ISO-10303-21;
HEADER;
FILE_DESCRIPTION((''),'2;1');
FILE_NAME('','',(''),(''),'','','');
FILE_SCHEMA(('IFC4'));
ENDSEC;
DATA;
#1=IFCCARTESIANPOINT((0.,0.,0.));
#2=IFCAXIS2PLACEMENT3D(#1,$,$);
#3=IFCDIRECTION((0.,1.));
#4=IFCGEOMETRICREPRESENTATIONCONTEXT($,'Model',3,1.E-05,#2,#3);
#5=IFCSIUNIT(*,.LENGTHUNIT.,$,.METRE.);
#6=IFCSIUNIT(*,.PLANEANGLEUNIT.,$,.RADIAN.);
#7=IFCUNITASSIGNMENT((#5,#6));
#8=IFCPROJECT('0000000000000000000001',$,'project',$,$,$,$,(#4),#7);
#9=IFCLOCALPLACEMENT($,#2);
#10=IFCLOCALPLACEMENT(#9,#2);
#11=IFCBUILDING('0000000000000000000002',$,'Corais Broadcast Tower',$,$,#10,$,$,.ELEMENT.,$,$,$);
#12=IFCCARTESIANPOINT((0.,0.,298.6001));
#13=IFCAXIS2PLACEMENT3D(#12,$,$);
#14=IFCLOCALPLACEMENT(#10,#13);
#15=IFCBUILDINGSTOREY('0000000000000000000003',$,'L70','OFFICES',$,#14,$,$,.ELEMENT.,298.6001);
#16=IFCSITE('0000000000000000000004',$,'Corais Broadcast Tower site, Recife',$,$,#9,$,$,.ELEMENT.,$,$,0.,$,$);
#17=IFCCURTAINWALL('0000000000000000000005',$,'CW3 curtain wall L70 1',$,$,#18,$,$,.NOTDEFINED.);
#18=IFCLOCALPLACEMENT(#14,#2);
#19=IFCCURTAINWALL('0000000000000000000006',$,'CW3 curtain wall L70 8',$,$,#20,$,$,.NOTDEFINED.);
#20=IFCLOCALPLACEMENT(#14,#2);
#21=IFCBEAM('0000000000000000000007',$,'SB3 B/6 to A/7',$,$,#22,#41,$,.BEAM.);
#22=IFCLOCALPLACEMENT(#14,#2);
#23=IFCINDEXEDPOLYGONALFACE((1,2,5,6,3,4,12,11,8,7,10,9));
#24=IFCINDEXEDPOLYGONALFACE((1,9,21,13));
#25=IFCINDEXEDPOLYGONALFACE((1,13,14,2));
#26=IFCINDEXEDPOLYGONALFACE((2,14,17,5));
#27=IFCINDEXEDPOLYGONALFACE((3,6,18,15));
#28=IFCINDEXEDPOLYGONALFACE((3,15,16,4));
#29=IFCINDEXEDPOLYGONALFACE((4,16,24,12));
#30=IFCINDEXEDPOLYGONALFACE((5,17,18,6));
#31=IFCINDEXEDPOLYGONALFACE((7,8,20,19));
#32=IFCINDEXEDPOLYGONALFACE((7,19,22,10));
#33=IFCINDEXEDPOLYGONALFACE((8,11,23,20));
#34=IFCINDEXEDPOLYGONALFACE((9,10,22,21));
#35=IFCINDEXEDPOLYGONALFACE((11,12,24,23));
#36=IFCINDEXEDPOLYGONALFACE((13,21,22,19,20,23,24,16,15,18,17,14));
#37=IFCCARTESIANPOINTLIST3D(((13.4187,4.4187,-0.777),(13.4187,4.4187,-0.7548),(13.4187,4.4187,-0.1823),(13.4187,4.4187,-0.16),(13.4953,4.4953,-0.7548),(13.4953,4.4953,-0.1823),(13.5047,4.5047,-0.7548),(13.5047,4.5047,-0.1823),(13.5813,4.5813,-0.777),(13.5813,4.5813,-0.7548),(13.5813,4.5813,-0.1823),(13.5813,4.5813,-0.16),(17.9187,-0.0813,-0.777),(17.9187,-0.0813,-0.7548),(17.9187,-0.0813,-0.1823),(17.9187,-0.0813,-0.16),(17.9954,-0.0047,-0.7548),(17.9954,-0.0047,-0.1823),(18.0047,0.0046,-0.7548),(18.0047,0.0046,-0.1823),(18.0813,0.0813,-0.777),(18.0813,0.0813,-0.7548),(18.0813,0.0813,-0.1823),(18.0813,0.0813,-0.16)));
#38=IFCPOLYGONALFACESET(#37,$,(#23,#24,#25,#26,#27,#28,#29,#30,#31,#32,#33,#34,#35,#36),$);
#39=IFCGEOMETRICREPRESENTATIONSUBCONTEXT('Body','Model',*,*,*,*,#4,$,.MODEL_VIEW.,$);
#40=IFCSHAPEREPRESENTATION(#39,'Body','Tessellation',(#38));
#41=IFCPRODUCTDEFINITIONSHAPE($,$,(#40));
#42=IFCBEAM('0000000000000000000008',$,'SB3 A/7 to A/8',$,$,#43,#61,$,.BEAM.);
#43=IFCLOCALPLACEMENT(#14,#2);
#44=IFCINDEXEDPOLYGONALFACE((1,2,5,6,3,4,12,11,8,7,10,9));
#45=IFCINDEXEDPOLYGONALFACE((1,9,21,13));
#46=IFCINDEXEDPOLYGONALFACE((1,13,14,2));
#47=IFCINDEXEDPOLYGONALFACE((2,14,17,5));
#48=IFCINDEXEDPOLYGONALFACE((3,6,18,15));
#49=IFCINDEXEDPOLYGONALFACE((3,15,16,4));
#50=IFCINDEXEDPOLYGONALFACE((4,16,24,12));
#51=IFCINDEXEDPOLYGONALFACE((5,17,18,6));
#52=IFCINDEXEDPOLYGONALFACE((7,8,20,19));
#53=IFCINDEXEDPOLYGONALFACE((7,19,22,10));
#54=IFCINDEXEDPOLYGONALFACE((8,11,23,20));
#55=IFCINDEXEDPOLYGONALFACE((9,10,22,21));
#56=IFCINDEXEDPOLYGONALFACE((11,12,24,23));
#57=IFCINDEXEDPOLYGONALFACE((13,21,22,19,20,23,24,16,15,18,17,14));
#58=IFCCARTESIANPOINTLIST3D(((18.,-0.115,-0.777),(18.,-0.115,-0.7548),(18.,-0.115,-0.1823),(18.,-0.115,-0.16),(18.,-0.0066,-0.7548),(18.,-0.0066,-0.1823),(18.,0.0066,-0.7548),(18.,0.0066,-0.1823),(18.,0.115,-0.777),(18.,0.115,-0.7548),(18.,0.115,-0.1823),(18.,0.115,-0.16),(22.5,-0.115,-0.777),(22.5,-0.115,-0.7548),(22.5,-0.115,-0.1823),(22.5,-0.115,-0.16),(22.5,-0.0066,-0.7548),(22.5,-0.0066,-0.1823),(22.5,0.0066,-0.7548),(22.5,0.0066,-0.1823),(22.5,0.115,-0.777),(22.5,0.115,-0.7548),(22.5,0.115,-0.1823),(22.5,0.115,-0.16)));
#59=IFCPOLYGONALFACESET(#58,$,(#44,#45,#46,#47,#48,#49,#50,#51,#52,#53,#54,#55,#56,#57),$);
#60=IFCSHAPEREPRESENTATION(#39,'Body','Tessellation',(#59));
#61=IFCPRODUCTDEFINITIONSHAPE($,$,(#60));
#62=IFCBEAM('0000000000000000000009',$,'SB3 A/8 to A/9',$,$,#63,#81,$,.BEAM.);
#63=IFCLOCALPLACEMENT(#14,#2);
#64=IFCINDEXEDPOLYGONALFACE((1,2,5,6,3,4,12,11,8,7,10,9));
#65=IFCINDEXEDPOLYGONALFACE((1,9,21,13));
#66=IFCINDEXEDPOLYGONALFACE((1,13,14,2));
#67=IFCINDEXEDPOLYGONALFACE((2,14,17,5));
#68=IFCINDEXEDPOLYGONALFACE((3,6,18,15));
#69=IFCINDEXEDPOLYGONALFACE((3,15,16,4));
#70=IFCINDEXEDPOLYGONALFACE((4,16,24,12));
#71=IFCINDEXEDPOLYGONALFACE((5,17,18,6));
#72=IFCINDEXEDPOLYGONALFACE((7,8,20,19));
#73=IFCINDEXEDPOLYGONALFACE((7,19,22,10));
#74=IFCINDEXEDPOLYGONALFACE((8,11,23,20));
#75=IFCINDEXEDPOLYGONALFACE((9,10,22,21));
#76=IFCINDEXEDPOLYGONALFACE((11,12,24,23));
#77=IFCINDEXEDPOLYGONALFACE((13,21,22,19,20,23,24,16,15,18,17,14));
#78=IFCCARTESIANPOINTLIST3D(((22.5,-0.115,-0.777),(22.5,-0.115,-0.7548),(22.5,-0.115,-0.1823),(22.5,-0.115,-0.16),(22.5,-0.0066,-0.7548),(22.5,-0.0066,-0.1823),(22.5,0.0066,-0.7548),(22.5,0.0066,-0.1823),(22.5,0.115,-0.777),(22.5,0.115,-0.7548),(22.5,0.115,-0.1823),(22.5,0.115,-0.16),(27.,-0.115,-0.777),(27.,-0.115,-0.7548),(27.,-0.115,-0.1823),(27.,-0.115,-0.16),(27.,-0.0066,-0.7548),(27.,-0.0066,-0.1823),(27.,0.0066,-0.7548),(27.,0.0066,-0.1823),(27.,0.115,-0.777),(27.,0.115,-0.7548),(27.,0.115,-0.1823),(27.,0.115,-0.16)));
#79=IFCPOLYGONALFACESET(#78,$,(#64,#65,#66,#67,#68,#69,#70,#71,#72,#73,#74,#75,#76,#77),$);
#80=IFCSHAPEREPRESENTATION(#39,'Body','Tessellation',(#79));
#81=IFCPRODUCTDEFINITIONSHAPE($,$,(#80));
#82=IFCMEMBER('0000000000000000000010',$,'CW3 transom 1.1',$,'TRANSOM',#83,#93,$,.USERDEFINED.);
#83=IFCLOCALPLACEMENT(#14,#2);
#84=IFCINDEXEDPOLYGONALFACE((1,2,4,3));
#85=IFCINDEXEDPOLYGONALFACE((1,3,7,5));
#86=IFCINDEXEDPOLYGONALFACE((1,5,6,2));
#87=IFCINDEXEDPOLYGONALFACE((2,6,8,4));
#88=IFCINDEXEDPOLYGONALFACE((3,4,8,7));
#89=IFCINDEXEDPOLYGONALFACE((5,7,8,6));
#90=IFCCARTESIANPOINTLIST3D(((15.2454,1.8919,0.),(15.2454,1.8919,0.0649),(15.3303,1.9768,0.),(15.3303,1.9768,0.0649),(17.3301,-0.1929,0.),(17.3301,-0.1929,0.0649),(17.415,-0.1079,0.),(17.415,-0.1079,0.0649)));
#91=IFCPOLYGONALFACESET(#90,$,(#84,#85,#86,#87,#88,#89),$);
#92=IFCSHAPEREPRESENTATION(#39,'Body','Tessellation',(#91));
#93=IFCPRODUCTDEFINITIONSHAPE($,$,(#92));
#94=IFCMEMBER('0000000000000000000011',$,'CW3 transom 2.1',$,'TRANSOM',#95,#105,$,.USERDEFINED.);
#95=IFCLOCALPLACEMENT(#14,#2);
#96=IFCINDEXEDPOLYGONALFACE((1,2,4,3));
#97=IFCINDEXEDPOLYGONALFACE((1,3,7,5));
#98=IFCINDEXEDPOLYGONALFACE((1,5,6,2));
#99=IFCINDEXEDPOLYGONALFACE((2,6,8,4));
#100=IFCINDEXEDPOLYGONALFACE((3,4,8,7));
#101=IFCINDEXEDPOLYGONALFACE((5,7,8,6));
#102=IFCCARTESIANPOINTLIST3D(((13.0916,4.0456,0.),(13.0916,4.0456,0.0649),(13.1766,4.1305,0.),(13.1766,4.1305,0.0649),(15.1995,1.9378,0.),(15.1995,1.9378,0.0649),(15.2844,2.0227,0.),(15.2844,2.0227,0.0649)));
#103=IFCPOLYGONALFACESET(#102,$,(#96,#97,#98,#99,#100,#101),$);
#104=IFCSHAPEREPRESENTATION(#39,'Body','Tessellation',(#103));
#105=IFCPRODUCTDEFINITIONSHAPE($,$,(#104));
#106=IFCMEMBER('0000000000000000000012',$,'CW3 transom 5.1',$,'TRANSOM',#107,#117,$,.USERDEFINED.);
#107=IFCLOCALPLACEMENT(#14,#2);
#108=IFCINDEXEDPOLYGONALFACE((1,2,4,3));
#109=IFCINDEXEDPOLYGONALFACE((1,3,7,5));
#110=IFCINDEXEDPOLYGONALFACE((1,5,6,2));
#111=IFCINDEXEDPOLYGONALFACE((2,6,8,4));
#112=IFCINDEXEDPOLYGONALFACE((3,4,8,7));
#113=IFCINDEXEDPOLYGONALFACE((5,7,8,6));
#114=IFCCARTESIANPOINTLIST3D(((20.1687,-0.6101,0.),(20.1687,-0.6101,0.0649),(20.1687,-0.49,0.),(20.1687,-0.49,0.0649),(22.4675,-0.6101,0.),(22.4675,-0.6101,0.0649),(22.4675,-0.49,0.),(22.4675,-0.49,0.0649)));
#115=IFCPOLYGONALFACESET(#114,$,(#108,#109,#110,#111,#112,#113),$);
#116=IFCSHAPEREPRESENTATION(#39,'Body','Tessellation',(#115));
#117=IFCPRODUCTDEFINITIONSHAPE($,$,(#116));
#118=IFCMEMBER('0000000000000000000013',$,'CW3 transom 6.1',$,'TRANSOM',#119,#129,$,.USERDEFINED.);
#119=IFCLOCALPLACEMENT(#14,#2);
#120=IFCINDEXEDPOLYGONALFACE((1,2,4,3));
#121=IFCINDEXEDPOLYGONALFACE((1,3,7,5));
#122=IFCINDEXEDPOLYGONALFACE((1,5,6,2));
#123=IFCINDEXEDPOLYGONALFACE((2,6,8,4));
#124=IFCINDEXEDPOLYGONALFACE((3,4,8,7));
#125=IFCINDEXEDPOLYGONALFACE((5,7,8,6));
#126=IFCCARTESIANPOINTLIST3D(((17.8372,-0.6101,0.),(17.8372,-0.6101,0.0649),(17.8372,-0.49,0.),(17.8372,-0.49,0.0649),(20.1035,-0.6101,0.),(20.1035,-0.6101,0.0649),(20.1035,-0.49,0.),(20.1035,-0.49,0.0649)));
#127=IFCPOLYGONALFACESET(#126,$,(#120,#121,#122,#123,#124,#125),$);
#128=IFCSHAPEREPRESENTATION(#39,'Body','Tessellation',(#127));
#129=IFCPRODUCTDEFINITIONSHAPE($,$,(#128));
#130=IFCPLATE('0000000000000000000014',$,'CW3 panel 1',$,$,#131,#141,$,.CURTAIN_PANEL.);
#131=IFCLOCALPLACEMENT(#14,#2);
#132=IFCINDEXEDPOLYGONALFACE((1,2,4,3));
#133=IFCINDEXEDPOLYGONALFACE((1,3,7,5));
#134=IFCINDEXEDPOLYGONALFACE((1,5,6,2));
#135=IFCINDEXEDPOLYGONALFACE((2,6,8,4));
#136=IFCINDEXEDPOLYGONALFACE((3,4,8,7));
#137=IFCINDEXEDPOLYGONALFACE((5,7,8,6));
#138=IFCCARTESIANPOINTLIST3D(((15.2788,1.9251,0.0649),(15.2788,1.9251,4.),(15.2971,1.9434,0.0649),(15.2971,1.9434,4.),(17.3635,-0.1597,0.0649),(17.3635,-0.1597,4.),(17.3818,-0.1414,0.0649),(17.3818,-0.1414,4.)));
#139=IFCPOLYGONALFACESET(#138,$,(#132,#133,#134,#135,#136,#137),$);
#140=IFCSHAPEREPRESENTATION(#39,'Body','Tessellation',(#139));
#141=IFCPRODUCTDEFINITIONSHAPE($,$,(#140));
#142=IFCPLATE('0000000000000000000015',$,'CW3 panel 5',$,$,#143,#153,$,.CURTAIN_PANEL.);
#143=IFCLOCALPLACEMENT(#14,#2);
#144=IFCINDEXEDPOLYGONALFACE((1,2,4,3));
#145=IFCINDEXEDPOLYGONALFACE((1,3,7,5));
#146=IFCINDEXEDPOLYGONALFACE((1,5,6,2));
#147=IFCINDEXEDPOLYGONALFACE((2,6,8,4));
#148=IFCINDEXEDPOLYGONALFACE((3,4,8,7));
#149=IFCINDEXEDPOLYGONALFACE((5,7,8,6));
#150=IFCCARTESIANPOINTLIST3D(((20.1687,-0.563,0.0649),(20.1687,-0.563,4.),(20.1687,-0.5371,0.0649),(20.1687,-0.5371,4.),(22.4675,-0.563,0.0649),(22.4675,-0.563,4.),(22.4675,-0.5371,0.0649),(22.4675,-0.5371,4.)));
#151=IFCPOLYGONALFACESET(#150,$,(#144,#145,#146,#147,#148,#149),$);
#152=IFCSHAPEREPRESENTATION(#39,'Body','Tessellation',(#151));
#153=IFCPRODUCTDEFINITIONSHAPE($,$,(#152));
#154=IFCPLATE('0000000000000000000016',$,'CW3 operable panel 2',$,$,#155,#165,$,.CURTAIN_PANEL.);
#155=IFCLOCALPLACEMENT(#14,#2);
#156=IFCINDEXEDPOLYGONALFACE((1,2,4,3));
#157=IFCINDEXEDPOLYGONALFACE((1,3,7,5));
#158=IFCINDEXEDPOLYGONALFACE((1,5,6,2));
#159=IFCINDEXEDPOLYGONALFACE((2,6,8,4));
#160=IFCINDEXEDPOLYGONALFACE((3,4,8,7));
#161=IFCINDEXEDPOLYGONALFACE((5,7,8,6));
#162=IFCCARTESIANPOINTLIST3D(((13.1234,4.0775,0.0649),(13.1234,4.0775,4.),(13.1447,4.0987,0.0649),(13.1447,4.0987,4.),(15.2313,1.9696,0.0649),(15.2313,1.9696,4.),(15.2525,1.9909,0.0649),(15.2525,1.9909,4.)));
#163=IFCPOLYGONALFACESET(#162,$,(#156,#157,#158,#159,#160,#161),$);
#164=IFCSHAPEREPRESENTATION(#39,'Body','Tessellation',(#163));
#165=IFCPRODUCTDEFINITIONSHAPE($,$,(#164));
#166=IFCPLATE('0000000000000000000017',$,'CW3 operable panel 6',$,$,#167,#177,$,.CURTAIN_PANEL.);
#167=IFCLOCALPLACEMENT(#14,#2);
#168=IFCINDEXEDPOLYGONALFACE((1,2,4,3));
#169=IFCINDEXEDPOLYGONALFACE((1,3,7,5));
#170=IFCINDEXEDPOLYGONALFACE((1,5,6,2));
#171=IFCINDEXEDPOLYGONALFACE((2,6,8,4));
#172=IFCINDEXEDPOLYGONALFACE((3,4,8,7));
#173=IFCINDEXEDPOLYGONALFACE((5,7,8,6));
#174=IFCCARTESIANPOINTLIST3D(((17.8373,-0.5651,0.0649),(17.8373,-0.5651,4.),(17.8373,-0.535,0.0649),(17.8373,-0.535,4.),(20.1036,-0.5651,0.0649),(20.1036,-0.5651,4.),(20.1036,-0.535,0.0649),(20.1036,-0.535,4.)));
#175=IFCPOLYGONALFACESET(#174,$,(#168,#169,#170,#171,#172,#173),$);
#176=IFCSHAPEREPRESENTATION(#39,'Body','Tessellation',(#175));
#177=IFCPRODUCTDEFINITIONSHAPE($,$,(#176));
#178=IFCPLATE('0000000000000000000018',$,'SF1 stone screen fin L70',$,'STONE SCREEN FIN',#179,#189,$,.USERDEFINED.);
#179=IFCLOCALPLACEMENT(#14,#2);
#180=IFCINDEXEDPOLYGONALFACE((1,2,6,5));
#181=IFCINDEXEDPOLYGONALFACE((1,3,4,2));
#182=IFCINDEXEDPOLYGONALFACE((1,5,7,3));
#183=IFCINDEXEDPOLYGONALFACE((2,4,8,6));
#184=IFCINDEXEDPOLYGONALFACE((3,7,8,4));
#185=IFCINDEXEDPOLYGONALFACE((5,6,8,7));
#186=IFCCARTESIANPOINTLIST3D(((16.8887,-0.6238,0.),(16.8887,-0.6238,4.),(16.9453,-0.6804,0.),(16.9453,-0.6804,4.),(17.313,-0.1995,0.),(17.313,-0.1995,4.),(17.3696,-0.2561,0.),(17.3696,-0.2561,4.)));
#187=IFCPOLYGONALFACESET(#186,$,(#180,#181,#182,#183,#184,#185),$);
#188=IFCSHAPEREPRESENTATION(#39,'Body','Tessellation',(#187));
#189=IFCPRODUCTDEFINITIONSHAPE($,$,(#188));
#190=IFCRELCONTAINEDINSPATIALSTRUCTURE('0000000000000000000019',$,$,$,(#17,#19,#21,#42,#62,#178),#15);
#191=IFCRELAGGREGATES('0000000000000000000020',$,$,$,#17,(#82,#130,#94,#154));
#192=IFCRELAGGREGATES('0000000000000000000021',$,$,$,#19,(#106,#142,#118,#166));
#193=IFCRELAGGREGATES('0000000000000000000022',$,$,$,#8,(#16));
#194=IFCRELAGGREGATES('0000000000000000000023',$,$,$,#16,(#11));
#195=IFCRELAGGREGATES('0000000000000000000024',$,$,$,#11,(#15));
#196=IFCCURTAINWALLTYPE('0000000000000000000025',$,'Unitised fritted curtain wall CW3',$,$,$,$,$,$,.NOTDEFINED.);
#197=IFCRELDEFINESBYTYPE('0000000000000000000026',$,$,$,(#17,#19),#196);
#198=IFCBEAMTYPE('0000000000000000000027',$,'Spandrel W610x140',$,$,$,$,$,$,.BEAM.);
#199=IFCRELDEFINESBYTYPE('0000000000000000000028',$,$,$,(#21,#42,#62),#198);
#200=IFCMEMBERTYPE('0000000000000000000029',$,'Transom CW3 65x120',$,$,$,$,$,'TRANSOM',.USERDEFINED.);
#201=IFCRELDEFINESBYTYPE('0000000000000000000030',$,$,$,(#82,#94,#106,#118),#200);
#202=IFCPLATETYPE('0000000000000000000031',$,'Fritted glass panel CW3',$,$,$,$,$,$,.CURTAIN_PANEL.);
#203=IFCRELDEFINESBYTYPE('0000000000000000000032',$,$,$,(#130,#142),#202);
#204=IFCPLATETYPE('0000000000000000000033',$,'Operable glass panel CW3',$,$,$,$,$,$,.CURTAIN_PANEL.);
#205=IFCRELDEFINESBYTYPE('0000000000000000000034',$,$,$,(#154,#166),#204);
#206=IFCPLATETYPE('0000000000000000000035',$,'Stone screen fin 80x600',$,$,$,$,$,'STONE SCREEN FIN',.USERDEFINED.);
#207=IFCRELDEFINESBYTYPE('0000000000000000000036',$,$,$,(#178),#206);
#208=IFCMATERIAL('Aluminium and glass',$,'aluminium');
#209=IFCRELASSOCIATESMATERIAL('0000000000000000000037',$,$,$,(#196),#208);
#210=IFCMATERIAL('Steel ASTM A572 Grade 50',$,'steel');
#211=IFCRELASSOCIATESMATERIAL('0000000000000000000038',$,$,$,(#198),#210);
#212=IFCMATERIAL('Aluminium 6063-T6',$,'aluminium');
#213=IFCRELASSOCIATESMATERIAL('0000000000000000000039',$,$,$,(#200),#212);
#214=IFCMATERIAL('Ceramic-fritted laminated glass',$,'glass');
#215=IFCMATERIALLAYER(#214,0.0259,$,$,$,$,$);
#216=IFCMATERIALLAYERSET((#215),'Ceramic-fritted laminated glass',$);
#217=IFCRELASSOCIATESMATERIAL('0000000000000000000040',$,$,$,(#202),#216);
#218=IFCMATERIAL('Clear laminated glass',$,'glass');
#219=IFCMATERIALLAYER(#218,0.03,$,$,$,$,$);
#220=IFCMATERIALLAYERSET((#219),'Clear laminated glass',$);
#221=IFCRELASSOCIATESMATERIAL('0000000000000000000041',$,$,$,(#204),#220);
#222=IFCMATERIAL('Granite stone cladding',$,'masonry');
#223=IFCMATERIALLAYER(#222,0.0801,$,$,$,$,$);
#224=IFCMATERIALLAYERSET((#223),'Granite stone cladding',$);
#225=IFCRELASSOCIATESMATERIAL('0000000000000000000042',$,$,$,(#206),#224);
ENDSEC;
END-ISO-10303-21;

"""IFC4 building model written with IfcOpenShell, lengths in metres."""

from ifc_helpers import new_model, si_unit, direction, frame, origin, origin_2d, place, context, subcontext, project, spatial, rectangle, i_section, extrude, material, layer, layer_set, material_profile, profile_set, type_object, element, aggregate, save


model = new_model("IFC4")

# Units and contexts
model_context = context("Model", 3, precision=1e-05, world=origin(), true_north=direction((0.0, 1.0)))
body_context = subcontext(model_context, "Body", "Model", "MODEL_VIEW")
ifc_project = project(units=[si_unit("LENGTHUNIT", "METRE"), si_unit("PLANEANGLEUNIT", "RADIAN")], contexts=[model_context])

# Site, building, storey
site_placement = place(None, origin())
site = spatial("IfcSite", under=ifc_project, at=site_placement, Name="Corais Broadcast Tower site, Recife", CompositionType="ELEMENT", RefElevation=0.0)
building_placement = place(site_placement, origin())
building = spatial("IfcBuilding", under=site, at=building_placement, Name="Corais Broadcast Tower", CompositionType="ELEMENT")
storey_placement = place(building_placement, frame((0.0, 0.0, 298.6001)))
storey = spatial("IfcBuildingStorey", under=building, at=storey_placement, Name="L70", Description="OFFICES", CompositionType="ELEMENT", Elevation=298.6001)

# Curtain walls
ifc_material_1 = material(Name="Aluminium and glass", Category="aluminium")
curtain_wall_type = type_object("IfcCurtainWallType", Name="Unitised fritted curtain wall CW3", PredefinedType="NOTDEFINED", material=ifc_material_1)
curtain_wall_1_placement = place(storey_placement, origin())
curtain_wall_1 = element("IfcCurtainWall", 1, at=curtain_wall_1_placement, inside=storey, type_object=curtain_wall_type, Name="CW3 curtain wall L70 1", PredefinedType="NOTDEFINED")
curtain_wall_2_placement = place(storey_placement, origin())
curtain_wall_2 = element("IfcCurtainWall", 2, at=curtain_wall_2_placement, inside=storey, type_object=curtain_wall_type, Name="CW3 curtain wall L70 8", PredefinedType="NOTDEFINED")

# Beams
ifc_material_2 = material(Name="Steel ASTM A572 Grade 50", Category="steel")
ifc_material_profile_1 = material_profile(ifc_material_2, i_section(OverallWidth=0.23, OverallDepth=0.6169, WebThickness=0.0132, FlangeThickness=0.0222, at=origin_2d()), Name="W610x140")
ifc_profile_set_1 = profile_set([ifc_material_profile_1], Name="Steel ASTM A572 Grade 50")
beam_type_1 = type_object("IfcBeamType", Name="Spandrel W610x140", PredefinedType="BEAM", material=ifc_profile_set_1)
beam_1_placement = place(storey_placement, frame((13.5, 4.5, -0.4685), z_axis=(0.707107, -0.707107, 0.0), x_axis=(0.707107, 0.707107, 0.0)))
element("IfcBeam", 3, at=beam_1_placement, inside=storey, type_object=beam_type_1, Name="SB3 B/6 to A/7", PredefinedType="BEAM", context=body_context, shape_type="SweptSolid", body=[
    extrude(i_section(OverallWidth=0.23, OverallDepth=0.6169, WebThickness=0.0132, FlangeThickness=0.0222, at=origin_2d()), origin(), (0.0, 0.0, 1.0), 6.364),
])
for number, where, z_axis, x_axis, name in (
    (4, (18.0, 0.0, -0.4685), (1.0, 0.0, 0.0), (0.0, 1.0, 0.0), "SB3 A/7 to A/8"),
    (5, (22.5, 0.0, -0.4685), (1.0, 0.0, 0.0), (0.0, 1.0, 0.0), "SB3 A/8 to A/9"),
):
    element("IfcBeam", number, at=place(storey_placement, frame(where, z_axis=z_axis, x_axis=x_axis)), inside=storey, type_object=beam_type_1, Name=name, PredefinedType="BEAM", context=body_context, shape_type="SweptSolid", body=[
        extrude(i_section(OverallWidth=0.23, OverallDepth=0.6169, WebThickness=0.0132, FlangeThickness=0.0222, at=origin_2d()), origin(), (0.0, 0.0, 1.0), 4.5),
    ])

# Members
ifc_material_3 = material(Name="Aluminium 6063-T6", Category="aluminium")
ifc_material_profile_2 = material_profile(ifc_material_3, rectangle(XDim=0.1201, YDim=0.0649, at=origin_2d()), Name="Transom CW3 65x120")
ifc_profile_set_2 = profile_set([ifc_material_profile_2], Name="Aluminium 6063-T6")
member_type_1 = type_object("IfcMemberType", Name="Transom CW3 65x120", ElementType="TRANSOM", PredefinedType="USERDEFINED", material=ifc_profile_set_2)
member_1_placement = place(storey_placement, frame((17.3726, -0.1504, 0.0325), z_axis=(-0.707107, 0.707107, 0.0), x_axis=(-0.707107, -0.707107, 0.0)))
member_1 = element("IfcMember", 6, at=member_1_placement, type_object=member_type_1, Name="CW3 transom 1.1", ObjectType="TRANSOM", PredefinedType="USERDEFINED", context=body_context, shape_type="SweptSolid", body=[
    extrude(rectangle(XDim=0.1201, YDim=0.0649, at=origin_2d()), origin(), (0.0, 0.0, 1.0), 2.9482),
])
member_2_placement = place(storey_placement, frame((15.2419, 1.9802, 0.0325), z_axis=(-0.707107, 0.707107, 0.0), x_axis=(-0.707107, -0.707107, 0.0)))
member_2 = element("IfcMember", 7, at=member_2_placement, type_object=member_type_1, Name="CW3 transom 2.1", ObjectType="TRANSOM", PredefinedType="USERDEFINED", context=body_context, shape_type="SweptSolid", body=[
    extrude(rectangle(XDim=0.1201, YDim=0.0649, at=origin_2d()), origin(), (0.0, 0.0, 1.0), 2.981),
])
member_3_placement = place(storey_placement, frame((22.4675, -0.55, 0.0325), z_axis=(-1.0, 0.0, 0.0), x_axis=(0.0, -1.0, 0.0)))
member_3 = element("IfcMember", 8, at=member_3_placement, type_object=member_type_1, Name="CW3 transom 5.1", ObjectType="TRANSOM", PredefinedType="USERDEFINED", context=body_context, shape_type="SweptSolid", body=[
    extrude(rectangle(XDim=0.1201, YDim=0.0649, at=origin_2d()), origin(), (0.0, 0.0, 1.0), 2.2988),
])
member_4_placement = place(storey_placement, frame((20.1035, -0.55, 0.0325), z_axis=(-1.0, 0.0, 0.0), x_axis=(0.0, -1.0, 0.0)))
member_4 = element("IfcMember", 9, at=member_4_placement, type_object=member_type_1, Name="CW3 transom 6.1", ObjectType="TRANSOM", PredefinedType="USERDEFINED", context=body_context, shape_type="SweptSolid", body=[
    extrude(rectangle(XDim=0.1201, YDim=0.0649, at=origin_2d()), origin(), (0.0, 0.0, 1.0), 2.2664),
])

# Plates
ifc_material_4 = material(Name="Ceramic-fritted laminated glass", Category="glass")
ifc_layer_1 = layer(ifc_material_4, 0.0259)
ifc_layer_set_1 = layer_set([ifc_layer_1], Name="Ceramic-fritted laminated glass")
plate_type_1 = type_object("IfcPlateType", Name="Fritted glass panel CW3", PredefinedType="CURTAIN_PANEL", material=ifc_layer_set_1)
plate_1_placement = place(storey_placement, frame((16.3303, 0.8918, 0.0649), z_axis=(0.0, 0.0, 1.0), x_axis=(-0.707107, 0.707107, 0.0)))
plate_1 = element("IfcPlate", 10, at=plate_1_placement, type_object=plate_type_1, Name="CW3 panel 1", PredefinedType="CURTAIN_PANEL", context=body_context, shape_type="SweptSolid", body=[
    extrude(rectangle(XDim=2.9482, YDim=0.0259, at=origin_2d()), origin(), (0.0, 0.0, 1.0), 3.9351),
])
plate_2_placement = place(storey_placement, frame((21.3181, -0.55, 0.0649), z_axis=(0.0, 0.0, 1.0), x_axis=(-1.0, 0.0, 0.0)))
plate_2 = element("IfcPlate", 11, at=plate_2_placement, type_object=plate_type_1, Name="CW3 panel 5", PredefinedType="CURTAIN_PANEL", context=body_context, shape_type="SweptSolid", body=[
    extrude(rectangle(XDim=2.2988, YDim=0.0259, at=origin_2d()), origin(), (0.0, 0.0, 1.0), 3.9351),
])
ifc_material_5 = material(Name="Clear laminated glass", Category="glass")
ifc_layer_2 = layer(ifc_material_5, 0.03)
ifc_layer_set_2 = layer_set([ifc_layer_2], Name="Clear laminated glass")
plate_type_2 = type_object("IfcPlateType", Name="Operable glass panel CW3", PredefinedType="CURTAIN_PANEL", material=ifc_layer_set_2)
plate_3_placement = place(storey_placement, frame((14.188, 3.0342, 0.0649), z_axis=(0.0, 0.0, 1.0), x_axis=(-0.707107, 0.707107, 0.0)))
plate_3 = element("IfcPlate", 12, at=plate_3_placement, type_object=plate_type_2, Name="CW3 operable panel 2", PredefinedType="CURTAIN_PANEL", context=body_context, shape_type="SweptSolid", body=[
    extrude(rectangle(XDim=2.981, YDim=0.03, at=origin_2d()), origin(), (0.0, 0.0, 1.0), 3.9351),
])
aggregate(curtain_wall_1, [member_1, plate_1, member_2, plate_3])
plate_4_placement = place(storey_placement, frame((18.9705, -0.55, 0.0649), z_axis=(0.0, 0.0, 1.0), x_axis=(-1.0, 0.0, 0.0)))
plate_4 = element("IfcPlate", 13, at=plate_4_placement, type_object=plate_type_2, Name="CW3 operable panel 6", PredefinedType="CURTAIN_PANEL", context=body_context, shape_type="SweptSolid", body=[
    extrude(rectangle(XDim=2.2664, YDim=0.03, at=origin_2d()), origin(), (0.0, 0.0, 1.0), 3.9351),
])
aggregate(curtain_wall_2, [member_3, plate_2, member_4, plate_4])
ifc_material_6 = material(Name="Granite stone cladding", Category="masonry")
ifc_layer_3 = layer(ifc_material_6, 0.0801)
ifc_layer_set_3 = layer_set([ifc_layer_3], Name="Granite stone cladding")
plate_type_3 = type_object("IfcPlateType", Name="Stone screen fin 80x600", ElementType="STONE SCREEN FIN", PredefinedType="USERDEFINED", material=ifc_layer_set_3)
plate_5_placement = place(storey_placement, frame((17.1292, -0.4399, 0.0), z_axis=(0.0, 0.0, 1.0), x_axis=(-0.707107, 0.707107, 0.0)))
element("IfcPlate", 14, at=plate_5_placement, inside=storey, type_object=plate_type_3, Name="SF1 stone screen fin L70", ObjectType="STONE SCREEN FIN", PredefinedType="USERDEFINED", context=body_context, shape_type="SweptSolid", body=[
    extrude(rectangle(XDim=0.0801, YDim=0.6001, at=origin_2d()), origin(), (0.0, 0.0, 1.0), 4.0),
])

save(model, "model.ifc")
